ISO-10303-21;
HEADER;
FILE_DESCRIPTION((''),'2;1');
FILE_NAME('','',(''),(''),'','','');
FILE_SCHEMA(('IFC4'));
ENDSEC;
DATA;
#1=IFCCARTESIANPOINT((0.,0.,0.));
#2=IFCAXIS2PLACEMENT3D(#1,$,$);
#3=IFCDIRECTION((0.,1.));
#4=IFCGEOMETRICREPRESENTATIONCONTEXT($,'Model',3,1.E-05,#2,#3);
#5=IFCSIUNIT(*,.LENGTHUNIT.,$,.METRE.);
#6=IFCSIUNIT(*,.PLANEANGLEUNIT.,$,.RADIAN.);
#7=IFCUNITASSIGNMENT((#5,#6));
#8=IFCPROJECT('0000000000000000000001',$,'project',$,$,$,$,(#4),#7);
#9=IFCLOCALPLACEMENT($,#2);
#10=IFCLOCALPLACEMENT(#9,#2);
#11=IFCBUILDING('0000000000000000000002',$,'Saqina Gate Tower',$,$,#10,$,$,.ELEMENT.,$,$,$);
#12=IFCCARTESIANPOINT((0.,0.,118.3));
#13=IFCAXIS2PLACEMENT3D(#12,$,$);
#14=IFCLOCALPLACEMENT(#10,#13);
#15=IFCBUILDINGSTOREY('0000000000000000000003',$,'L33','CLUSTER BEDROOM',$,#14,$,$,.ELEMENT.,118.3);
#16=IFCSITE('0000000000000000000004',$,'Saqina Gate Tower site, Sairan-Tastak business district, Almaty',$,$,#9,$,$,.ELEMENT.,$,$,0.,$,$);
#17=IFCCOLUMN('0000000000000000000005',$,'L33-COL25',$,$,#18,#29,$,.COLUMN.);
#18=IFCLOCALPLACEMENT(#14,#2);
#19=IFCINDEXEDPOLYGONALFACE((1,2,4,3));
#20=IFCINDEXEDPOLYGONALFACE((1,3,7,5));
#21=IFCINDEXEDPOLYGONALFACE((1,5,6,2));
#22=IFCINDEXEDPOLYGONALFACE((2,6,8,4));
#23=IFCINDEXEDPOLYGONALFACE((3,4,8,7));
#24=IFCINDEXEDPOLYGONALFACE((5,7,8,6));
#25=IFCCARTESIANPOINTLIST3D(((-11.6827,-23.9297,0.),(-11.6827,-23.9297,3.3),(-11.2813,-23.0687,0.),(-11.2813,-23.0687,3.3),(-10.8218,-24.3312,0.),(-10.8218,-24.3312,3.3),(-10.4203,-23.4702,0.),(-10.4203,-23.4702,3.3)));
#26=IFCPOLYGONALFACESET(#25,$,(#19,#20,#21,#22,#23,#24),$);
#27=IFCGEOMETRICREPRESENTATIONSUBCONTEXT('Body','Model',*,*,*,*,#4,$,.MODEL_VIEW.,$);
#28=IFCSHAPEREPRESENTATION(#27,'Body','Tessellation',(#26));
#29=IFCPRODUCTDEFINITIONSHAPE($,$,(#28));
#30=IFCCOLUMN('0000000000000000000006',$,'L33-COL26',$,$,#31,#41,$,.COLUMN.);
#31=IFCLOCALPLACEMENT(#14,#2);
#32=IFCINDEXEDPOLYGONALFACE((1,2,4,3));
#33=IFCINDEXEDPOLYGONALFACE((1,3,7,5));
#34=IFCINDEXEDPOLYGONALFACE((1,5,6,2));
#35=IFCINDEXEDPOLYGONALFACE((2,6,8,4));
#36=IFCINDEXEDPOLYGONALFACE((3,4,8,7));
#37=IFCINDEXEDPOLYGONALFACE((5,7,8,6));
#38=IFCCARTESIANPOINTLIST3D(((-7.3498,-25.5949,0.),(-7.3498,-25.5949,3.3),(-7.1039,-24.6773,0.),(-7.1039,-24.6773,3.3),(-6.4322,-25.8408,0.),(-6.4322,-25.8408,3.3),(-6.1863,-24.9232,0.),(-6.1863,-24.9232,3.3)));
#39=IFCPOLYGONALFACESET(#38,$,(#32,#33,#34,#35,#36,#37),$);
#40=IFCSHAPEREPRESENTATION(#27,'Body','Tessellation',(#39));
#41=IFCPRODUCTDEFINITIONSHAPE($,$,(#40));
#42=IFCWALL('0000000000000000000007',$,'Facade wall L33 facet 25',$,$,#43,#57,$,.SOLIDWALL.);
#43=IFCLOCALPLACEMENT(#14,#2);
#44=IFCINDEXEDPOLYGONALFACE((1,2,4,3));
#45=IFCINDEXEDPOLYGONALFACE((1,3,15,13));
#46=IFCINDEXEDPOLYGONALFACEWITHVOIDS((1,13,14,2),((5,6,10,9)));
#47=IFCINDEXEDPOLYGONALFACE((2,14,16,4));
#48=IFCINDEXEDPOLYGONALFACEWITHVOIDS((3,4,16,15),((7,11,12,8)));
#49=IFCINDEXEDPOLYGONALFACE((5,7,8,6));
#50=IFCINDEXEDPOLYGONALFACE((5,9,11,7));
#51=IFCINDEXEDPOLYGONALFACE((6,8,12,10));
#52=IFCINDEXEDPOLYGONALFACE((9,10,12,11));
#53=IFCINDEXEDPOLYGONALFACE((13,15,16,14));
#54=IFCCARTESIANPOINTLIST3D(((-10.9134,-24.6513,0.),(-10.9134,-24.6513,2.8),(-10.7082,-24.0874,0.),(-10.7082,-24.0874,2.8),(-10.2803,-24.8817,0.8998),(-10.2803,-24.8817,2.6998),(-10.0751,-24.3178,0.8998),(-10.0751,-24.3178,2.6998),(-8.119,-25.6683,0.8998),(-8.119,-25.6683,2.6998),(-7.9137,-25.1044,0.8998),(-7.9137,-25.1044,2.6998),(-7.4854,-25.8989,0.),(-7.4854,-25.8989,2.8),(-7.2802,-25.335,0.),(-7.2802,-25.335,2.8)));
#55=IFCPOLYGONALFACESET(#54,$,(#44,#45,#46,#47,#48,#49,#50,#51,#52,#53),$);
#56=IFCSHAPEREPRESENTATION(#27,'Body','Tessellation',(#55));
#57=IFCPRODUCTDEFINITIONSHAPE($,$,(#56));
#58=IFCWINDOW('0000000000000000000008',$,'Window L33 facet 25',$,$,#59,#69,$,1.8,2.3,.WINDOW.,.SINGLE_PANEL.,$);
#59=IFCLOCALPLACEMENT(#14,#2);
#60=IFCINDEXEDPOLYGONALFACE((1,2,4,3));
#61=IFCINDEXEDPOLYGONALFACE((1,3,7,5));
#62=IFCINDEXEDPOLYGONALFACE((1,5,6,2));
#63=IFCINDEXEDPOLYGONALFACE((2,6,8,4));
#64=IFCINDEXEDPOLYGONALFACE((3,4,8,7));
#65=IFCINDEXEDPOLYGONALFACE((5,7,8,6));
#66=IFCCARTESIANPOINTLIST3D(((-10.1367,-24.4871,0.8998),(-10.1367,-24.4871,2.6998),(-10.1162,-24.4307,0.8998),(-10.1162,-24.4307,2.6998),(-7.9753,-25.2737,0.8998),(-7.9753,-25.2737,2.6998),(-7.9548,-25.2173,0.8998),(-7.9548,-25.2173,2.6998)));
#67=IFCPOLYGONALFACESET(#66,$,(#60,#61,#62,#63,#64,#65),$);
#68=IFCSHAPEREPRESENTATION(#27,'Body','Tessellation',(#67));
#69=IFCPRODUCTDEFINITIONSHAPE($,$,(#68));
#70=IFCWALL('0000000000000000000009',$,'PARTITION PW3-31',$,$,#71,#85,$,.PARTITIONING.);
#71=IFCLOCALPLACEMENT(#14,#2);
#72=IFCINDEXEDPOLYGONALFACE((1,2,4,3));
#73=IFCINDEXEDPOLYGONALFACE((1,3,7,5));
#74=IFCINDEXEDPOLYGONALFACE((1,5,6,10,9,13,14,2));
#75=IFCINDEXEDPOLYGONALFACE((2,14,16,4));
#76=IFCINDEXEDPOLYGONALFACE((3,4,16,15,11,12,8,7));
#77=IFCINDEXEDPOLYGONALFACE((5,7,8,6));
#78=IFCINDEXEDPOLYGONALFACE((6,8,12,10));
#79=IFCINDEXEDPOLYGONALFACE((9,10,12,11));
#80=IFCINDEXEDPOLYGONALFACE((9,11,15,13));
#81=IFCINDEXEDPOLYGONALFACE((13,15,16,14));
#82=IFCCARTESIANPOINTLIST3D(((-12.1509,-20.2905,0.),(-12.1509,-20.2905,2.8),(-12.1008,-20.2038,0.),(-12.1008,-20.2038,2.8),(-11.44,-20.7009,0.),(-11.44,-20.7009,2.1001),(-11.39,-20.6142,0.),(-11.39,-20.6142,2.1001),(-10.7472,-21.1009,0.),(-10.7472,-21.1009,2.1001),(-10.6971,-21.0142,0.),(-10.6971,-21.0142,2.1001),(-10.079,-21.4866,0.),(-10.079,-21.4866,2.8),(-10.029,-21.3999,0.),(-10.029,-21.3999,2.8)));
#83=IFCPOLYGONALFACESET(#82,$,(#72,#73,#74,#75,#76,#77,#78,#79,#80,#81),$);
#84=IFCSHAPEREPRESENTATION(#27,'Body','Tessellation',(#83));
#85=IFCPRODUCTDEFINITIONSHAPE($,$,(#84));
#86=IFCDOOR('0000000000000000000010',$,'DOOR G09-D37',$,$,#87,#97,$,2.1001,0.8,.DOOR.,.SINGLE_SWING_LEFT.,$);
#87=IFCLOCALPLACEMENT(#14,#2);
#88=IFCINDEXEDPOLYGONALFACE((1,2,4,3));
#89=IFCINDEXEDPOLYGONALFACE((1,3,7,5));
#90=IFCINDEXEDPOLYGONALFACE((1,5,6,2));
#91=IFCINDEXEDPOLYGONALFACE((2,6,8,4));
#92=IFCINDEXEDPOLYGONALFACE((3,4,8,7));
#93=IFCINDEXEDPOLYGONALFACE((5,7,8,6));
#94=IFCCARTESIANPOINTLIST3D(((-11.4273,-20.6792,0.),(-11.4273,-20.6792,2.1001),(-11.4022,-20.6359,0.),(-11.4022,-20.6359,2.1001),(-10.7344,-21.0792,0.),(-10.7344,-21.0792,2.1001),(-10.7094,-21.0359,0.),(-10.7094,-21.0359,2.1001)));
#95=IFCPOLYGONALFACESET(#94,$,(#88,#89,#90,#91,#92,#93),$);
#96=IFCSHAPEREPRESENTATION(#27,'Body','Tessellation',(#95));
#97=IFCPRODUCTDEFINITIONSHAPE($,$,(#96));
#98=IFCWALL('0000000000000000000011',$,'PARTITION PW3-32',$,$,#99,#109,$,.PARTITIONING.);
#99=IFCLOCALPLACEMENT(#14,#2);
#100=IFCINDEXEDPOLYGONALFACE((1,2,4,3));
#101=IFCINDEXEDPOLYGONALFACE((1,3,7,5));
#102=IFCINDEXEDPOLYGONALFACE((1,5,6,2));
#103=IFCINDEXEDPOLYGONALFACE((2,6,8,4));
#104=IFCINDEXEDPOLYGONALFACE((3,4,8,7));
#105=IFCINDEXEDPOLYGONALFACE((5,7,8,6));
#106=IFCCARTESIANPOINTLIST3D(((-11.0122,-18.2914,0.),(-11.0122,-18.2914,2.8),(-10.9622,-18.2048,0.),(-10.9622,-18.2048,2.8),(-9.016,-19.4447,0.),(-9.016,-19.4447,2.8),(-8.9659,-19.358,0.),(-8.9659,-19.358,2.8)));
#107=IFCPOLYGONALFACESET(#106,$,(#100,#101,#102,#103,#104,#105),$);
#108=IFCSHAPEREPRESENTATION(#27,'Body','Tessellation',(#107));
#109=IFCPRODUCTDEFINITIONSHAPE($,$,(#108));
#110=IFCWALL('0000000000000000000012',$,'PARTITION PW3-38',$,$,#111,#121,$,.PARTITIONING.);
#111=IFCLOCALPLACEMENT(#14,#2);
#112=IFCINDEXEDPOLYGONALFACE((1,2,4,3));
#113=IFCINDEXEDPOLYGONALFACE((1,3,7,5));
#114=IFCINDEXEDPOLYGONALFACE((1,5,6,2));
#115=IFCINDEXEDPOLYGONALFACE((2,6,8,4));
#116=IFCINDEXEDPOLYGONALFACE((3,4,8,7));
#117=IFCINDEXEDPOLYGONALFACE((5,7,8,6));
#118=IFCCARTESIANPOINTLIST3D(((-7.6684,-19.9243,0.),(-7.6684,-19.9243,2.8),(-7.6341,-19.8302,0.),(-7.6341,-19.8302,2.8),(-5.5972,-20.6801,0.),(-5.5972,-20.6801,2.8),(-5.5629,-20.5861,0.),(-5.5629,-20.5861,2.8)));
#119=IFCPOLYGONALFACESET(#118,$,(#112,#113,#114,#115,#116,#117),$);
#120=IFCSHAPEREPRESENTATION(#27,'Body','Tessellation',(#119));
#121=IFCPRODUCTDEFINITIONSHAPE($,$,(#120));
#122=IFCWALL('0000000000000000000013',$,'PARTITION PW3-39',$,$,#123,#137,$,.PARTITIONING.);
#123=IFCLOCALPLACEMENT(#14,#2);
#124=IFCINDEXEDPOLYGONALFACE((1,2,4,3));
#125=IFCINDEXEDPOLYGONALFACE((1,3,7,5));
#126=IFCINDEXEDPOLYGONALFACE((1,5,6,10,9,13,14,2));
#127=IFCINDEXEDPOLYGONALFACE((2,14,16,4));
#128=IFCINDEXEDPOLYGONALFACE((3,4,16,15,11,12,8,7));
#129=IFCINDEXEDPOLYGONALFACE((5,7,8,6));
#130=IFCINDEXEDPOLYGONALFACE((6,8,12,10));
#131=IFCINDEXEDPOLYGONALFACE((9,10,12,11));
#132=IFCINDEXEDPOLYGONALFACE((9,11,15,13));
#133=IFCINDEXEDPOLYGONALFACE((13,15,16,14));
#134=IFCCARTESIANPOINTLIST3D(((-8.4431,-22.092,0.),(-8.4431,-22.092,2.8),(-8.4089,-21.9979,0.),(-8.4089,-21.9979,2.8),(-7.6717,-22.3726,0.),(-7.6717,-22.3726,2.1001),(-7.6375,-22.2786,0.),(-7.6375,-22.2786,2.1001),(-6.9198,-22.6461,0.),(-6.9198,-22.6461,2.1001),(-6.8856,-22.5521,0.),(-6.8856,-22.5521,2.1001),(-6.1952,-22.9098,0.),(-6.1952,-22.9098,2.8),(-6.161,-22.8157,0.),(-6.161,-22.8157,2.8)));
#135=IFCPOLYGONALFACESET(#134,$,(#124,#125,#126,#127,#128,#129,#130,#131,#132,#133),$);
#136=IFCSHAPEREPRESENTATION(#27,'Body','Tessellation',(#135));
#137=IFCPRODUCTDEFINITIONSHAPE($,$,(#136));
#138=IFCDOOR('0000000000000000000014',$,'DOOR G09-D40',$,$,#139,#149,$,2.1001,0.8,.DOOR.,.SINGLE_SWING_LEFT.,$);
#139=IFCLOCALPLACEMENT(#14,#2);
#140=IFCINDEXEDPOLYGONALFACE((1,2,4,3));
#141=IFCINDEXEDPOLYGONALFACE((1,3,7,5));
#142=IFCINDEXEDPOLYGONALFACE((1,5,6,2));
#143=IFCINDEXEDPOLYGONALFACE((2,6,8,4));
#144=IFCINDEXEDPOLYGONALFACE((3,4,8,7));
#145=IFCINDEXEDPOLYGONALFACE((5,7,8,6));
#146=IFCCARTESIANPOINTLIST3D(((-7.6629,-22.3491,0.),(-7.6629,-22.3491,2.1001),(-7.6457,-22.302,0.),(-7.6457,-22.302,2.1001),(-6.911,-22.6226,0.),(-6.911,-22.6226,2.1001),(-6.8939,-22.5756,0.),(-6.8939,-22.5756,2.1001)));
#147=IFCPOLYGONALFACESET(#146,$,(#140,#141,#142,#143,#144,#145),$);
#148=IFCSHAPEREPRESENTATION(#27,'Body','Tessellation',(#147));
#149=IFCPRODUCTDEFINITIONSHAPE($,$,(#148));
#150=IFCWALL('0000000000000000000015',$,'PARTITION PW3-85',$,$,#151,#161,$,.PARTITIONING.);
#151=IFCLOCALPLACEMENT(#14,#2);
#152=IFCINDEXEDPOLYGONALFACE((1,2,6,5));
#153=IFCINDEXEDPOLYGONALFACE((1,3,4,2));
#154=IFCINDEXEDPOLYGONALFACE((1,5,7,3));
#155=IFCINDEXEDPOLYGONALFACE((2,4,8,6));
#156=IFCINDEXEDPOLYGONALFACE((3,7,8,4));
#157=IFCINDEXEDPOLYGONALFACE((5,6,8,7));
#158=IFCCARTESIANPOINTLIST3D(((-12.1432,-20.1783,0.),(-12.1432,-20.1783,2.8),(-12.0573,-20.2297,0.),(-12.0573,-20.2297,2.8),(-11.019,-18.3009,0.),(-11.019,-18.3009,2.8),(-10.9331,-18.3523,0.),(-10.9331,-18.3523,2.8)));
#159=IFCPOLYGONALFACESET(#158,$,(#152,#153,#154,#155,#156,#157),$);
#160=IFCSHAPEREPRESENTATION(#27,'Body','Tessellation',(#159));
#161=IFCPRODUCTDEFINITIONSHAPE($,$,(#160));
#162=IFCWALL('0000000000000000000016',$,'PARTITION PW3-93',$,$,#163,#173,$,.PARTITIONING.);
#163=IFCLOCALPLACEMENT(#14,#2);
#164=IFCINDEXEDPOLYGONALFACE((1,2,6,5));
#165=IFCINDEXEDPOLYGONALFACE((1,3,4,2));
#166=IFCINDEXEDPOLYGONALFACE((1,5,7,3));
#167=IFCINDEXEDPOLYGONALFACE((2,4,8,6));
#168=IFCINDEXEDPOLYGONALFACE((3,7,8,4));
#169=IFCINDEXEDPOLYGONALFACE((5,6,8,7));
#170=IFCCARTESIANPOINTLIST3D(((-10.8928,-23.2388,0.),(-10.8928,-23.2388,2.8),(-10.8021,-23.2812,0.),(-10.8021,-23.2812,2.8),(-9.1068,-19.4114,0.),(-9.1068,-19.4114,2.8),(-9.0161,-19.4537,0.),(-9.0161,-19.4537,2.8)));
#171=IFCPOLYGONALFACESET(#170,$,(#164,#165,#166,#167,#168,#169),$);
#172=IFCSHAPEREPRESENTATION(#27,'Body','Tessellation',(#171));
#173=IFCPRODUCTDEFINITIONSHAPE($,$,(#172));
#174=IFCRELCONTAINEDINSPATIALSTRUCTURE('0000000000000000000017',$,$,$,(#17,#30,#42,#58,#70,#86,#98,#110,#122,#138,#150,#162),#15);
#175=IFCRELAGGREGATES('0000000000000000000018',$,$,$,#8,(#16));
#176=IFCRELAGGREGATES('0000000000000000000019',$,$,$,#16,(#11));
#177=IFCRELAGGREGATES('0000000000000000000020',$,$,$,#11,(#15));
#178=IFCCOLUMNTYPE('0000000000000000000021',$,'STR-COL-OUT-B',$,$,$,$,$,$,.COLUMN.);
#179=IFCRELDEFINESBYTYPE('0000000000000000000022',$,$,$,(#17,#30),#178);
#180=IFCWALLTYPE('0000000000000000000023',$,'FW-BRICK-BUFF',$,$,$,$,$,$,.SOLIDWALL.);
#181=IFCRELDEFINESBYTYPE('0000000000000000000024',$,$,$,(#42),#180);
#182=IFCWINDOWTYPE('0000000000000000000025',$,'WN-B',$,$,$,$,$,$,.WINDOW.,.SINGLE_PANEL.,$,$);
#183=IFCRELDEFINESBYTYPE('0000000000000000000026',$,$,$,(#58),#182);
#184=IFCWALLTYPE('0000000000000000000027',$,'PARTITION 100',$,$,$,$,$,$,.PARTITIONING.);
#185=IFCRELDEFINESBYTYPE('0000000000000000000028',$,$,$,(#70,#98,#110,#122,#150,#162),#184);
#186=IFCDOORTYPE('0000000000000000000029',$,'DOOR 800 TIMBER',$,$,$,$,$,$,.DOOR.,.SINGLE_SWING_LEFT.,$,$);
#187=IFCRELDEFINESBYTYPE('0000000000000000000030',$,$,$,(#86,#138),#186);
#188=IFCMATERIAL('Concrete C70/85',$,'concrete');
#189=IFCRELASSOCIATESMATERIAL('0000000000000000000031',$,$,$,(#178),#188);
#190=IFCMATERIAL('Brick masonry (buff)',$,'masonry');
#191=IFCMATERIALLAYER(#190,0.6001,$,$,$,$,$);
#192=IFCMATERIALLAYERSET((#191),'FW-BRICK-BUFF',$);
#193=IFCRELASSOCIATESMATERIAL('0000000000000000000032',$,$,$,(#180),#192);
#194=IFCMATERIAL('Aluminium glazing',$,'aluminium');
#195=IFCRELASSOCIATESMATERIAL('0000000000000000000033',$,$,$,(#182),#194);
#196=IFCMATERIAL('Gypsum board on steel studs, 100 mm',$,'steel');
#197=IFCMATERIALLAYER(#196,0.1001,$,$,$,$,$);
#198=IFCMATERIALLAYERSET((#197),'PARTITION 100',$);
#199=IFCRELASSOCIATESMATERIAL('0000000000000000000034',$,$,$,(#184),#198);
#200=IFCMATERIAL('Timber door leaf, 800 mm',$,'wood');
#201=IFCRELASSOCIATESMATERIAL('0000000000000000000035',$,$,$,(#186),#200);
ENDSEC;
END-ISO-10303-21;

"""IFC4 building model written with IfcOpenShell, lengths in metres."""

from ifc_helpers import new_model, si_unit, direction, frame, frame_2d, origin, origin_2d, place, context, subcontext, project, spatial, rectangle, extrude, material, layer, layer_set, material_profile, profile_set, type_object, element, fill, save


model = new_model("IFC4")

# Units and contexts
model_context = context("Model", 3, precision=1e-05, world=origin(), true_north=direction((0.0, 1.0)))
body_context = subcontext(model_context, "Body", "Model", "MODEL_VIEW")
ifc_project = project(units=[si_unit("LENGTHUNIT", "METRE"), si_unit("PLANEANGLEUNIT", "RADIAN")], contexts=[model_context])

# Site, building, storey
site_placement = place(None, origin())
site = spatial("IfcSite", under=ifc_project, at=site_placement, Name="Saqina Gate Tower site, Sairan-Tastak business district, Almaty", CompositionType="ELEMENT", RefElevation=0.0)
building_placement = place(site_placement, origin())
building = spatial("IfcBuilding", under=site, at=building_placement, Name="Saqina Gate Tower", CompositionType="ELEMENT")
storey_placement = place(building_placement, frame((0.0, 0.0, 118.3)))
storey = spatial("IfcBuildingStorey", under=building, at=storey_placement, Name="L33", Description="CLUSTER BEDROOM", CompositionType="ELEMENT", Elevation=118.3)

# Columns
ifc_material_1 = material(Name="Concrete C70/85", Category="concrete")
ifc_material_profile = material_profile(ifc_material_1, rectangle(XDim=0.95, YDim=0.95, at=origin_2d()), Name="RC 950x950")
ifc_profile_set = profile_set([ifc_material_profile], Name="Concrete C70/85")
column_type = type_object("IfcColumnType", Name="STR-COL-OUT-B", PredefinedType="COLUMN", material=ifc_profile_set)
for number, where, z_axis, x_axis, name in (
    (1, (-11.0515, -23.7, 0.0), (0.0, 0.0, 1.0), (-0.422618, -0.906308, 0.0), "L33-COL25"),
    (2, (-6.7681, -25.259, 0.0), (0.0, 0.0, 1.0), (-0.258819, -0.965926, 0.0), "L33-COL26"),
):
    element("IfcColumn", number, at=place(storey_placement, frame(where, z_axis=z_axis, x_axis=x_axis)), inside=storey, type_object=column_type, Name=name, PredefinedType="COLUMN", context=body_context, shape_type="SweptSolid", body=[
        extrude(rectangle(XDim=0.95, YDim=0.95, at=origin_2d()), origin(), (0.0, 0.0, 1.0), 3.3),
    ])

# Wall, opening, window
ifc_material_2 = material(Name="Brick masonry (buff)", Category="masonry")
ifc_layer_1 = layer(ifc_material_2, 0.6001)
ifc_layer_set_1 = layer_set([ifc_layer_1], Name="FW-BRICK-BUFF")
wall_type_1 = type_object("IfcWallType", Name="FW-BRICK-BUFF", PredefinedType="SOLIDWALL", material=ifc_layer_set_1)
wall_1_placement = place(storey_placement, frame((-10.8108, -24.3694, 0.0), z_axis=(0.0, 0.0, 1.0), x_axis=(0.939704, -0.34199, 0.0)))
wall_1 = element("IfcWall", 3, at=wall_1_placement, inside=storey, type_object=wall_type_1, Name="Facade wall L33 facet 25", PredefinedType="SOLIDWALL", context=body_context, shape_type="SweptSolid", body=[
    extrude(rectangle(XDim=3.6479, YDim=0.6001, at=frame_2d((1.824, 0.0))), origin(), (0.0, 0.0, 1.0), 2.8),
])
opening_1_placement = place(wall_1_placement, frame((0.6738, 0.0, 0.8999)))
opening_1 = element("IfcOpeningElement", 4, at=opening_1_placement, cuts=wall_1, PredefinedType="OPENING", context=body_context, shape_type="SweptSolid", body=[
    extrude(rectangle(XDim=2.3, YDim=1.8, at=frame_2d((1.1499, 0.8999))), frame((0.0, 0.312, 0.0), z_axis=(0.0, -1.0, 0.0), x_axis=(1.0, 0.0, 0.0)), (0.0, 0.0, 1.0), 0.624),
])
ifc_material_3 = material(Name="Aluminium glazing", Category="aluminium")
window_type = type_object("IfcWindowType", Name="WN-B", PartitioningType="SINGLE_PANEL", PredefinedType="WINDOW", material=ifc_material_3)
window_placement = place(opening_1_placement, origin())
window = element("IfcWindow", 5, at=window_placement, inside=storey, type_object=window_type, Name="Window L33 facet 25", OverallHeight=1.8, OverallWidth=2.3, PartitioningType="SINGLE_PANEL", PredefinedType="WINDOW", context=body_context, shape_type="SweptSolid", body=[
    extrude(rectangle(XDim=2.3, YDim=1.8, at=frame_2d((1.1499, 0.8999))), frame((0.0, 0.1799, 0.0), z_axis=(0.0, -1.0, 0.0), x_axis=(1.0, 0.0, 0.0)), (0.0, 0.0, 1.0), 0.0601),
])
fill(opening_1, window)

# Wall, opening, door
ifc_material_4 = material(Name="Gypsum board on steel studs, 100 mm", Category="steel")
ifc_layer_2 = layer(ifc_material_4, 0.1001)
ifc_layer_set_2 = layer_set([ifc_layer_2], Name="PARTITION 100")
wall_type_2 = type_object("IfcWallType", Name="PARTITION 100", PredefinedType="PARTITIONING", material=ifc_layer_set_2)
wall_2_placement = place(storey_placement, frame((-12.126, -20.2471, 0.0), z_axis=(0.0, 0.0, 1.0), x_axis=(0.866043, -0.49997, 0.0)))
wall_2 = element("IfcWall", 6, at=wall_2_placement, inside=storey, type_object=wall_type_2, Name="PARTITION PW3-31", PredefinedType="PARTITIONING", context=body_context, shape_type="SweptSolid", body=[
    extrude(rectangle(XDim=2.3923, YDim=0.1001, at=frame_2d((1.1963, 0.0))), origin(), (0.0, 0.0, 1.0), 2.8),
])
opening_2_placement = place(wall_2_placement, frame((0.821, 0.0, 0.0)))
opening_2 = element("IfcOpeningElement", 7, at=opening_2_placement, cuts=wall_2, PredefinedType="OPENING", context=body_context, shape_type="SweptSolid", body=[
    extrude(rectangle(XDim=0.8, YDim=2.1001, at=frame_2d((0.3999, 1.05))), frame((0.0, 0.062, 0.0), z_axis=(0.0, -1.0, 0.0), x_axis=(1.0, 0.0, 0.0)), (0.0, 0.0, 1.0), 0.124),
])
ifc_material_5 = material(Name="Timber door leaf, 800 mm", Category="wood")
door_type_1 = type_object("IfcDoorType", Name="DOOR 800 TIMBER", OperationType="SINGLE_SWING_LEFT", PredefinedType="DOOR", material=ifc_material_5)
door_1_placement = place(opening_2_placement, frame((0.8, 0.0, 0.0), z_axis=(0.0, 0.0, 1.0), x_axis=(-1.0, 0.0, 0.0)))
door_1 = element("IfcDoor", 8, at=door_1_placement, inside=storey, type_object=door_type_1, Name="DOOR G09-D37", OperationType="SINGLE_SWING_LEFT", OverallHeight=2.1001, OverallWidth=0.8, PredefinedType="DOOR", context=body_context, shape_type="SweptSolid", body=[
    extrude(rectangle(XDim=0.8, YDim=2.1001, at=frame_2d((0.3999, 1.05))), frame((0.0, 0.0249, 0.0), z_axis=(0.0, -1.0, 0.0), x_axis=(1.0, 0.0, 0.0)), (0.0, 0.0, 1.0), 0.05),
])
fill(opening_2, door_1)

# Walls
wall_3_placement = place(storey_placement, frame((-10.9873, -18.248, 0.0), z_axis=(0.0, 0.0, 1.0), x_axis=(0.865887, -0.500239, 0.0)))
element("IfcWall", 9, at=wall_3_placement, inside=storey, type_object=wall_type_2, Name="PARTITION PW3-32", PredefinedType="PARTITIONING", context=body_context, shape_type="SweptSolid", body=[
    extrude(rectangle(XDim=2.3054, YDim=0.1001, at=frame_2d((1.1528, 0.0))), origin(), (0.0, 0.0, 1.0), 2.8),
])
wall_4_placement = place(storey_placement, frame((-7.6514, -19.8772, 0.0), z_axis=(0.0, 0.0, 1.0), x_axis=(0.939405, -0.34281, 0.0)))
element("IfcWall", 10, at=wall_4_placement, inside=storey, type_object=wall_type_2, Name="PARTITION PW3-38", PredefinedType="PARTITIONING", context=body_context, shape_type="SweptSolid", body=[
    extrude(rectangle(XDim=2.2048, YDim=0.1001, at=frame_2d((1.1025, 0.0))), origin(), (0.0, 0.0, 1.0), 2.8),
])

# Wall, opening, door
wall_5_placement = place(storey_placement, frame((-8.426, -22.0449, 0.0), z_axis=(0.0, 0.0, 1.0), x_axis=(0.93974, -0.341891, 0.0)))
wall_5 = element("IfcWall", 11, at=wall_5_placement, inside=storey, type_object=wall_type_2, Name="PARTITION PW3-39", PredefinedType="PARTITIONING", context=body_context, shape_type="SweptSolid", body=[
    extrude(rectangle(XDim=2.3921, YDim=0.1001, at=frame_2d((1.196, 0.0))), origin(), (0.0, 0.0, 1.0), 2.8),
])
opening_3_placement = place(wall_5_placement, frame((0.821, 0.0, 0.0)))
opening_3 = element("IfcOpeningElement", 12, at=opening_3_placement, cuts=wall_5, PredefinedType="OPENING", context=body_context, shape_type="SweptSolid", body=[
    extrude(rectangle(XDim=0.8, YDim=2.1001, at=frame_2d((0.3999, 1.05))), frame((0.0, 0.062, 0.0), z_axis=(0.0, -1.0, 0.0), x_axis=(1.0, 0.0, 0.0)), (0.0, 0.0, 1.0), 0.124),
])
door_2_placement = place(opening_3_placement, frame((0.8, 0.0, 0.0), z_axis=(0.0, 0.0, 1.0), x_axis=(-1.0, 0.0, 0.0)))
door_2 = element("IfcDoor", 13, at=door_2_placement, inside=storey, type_object=door_type_1, Name="DOOR G09-D40", OperationType="SINGLE_SWING_LEFT", OverallHeight=2.1001, OverallWidth=0.8, PredefinedType="DOOR", context=body_context, shape_type="SweptSolid", body=[
    extrude(rectangle(XDim=0.8, YDim=2.1001, at=frame_2d((0.3999, 1.05))), frame((0.0, 0.0249, 0.0), z_axis=(0.0, -1.0, 0.0), x_axis=(1.0, 0.0, 0.0)), (0.0, 0.0, 1.0), 0.05),
])
fill(opening_3, door_2)

# Walls
wall_6_placement = place(storey_placement, frame((-12.1003, -20.2041, 0.0), z_axis=(0.0, 0.0, 1.0), x_axis=(0.513757, 0.857936, 0.0)))
element("IfcWall", 14, at=wall_6_placement, inside=storey, type_object=wall_type_2, Name="PARTITION PW3-85", PredefinedType="PARTITIONING", context=body_context, shape_type="SweptSolid", body=[
    extrude(rectangle(XDim=2.1882, YDim=0.1001, at=frame_2d((1.0942, 0.0))), origin(), (0.0, 0.0, 1.0), 2.8),
])
wall_7_placement = place(storey_placement, frame((-10.8474, -23.26, 0.0), z_axis=(0.0, 0.0, 1.0), x_axis=(0.422841, 0.906204, 0.0)))
element("IfcWall", 15, at=wall_7_placement, inside=storey, type_object=wall_type_2, Name="PARTITION PW3-93", PredefinedType="PARTITIONING", context=body_context, shape_type="SweptSolid", body=[
    extrude(rectangle(XDim=4.2236, YDim=0.1001, at=frame_2d((2.1118, 0.0))), origin(), (0.0, 0.0, 1.0), 2.8),
])

save(model, "model.ifc")
